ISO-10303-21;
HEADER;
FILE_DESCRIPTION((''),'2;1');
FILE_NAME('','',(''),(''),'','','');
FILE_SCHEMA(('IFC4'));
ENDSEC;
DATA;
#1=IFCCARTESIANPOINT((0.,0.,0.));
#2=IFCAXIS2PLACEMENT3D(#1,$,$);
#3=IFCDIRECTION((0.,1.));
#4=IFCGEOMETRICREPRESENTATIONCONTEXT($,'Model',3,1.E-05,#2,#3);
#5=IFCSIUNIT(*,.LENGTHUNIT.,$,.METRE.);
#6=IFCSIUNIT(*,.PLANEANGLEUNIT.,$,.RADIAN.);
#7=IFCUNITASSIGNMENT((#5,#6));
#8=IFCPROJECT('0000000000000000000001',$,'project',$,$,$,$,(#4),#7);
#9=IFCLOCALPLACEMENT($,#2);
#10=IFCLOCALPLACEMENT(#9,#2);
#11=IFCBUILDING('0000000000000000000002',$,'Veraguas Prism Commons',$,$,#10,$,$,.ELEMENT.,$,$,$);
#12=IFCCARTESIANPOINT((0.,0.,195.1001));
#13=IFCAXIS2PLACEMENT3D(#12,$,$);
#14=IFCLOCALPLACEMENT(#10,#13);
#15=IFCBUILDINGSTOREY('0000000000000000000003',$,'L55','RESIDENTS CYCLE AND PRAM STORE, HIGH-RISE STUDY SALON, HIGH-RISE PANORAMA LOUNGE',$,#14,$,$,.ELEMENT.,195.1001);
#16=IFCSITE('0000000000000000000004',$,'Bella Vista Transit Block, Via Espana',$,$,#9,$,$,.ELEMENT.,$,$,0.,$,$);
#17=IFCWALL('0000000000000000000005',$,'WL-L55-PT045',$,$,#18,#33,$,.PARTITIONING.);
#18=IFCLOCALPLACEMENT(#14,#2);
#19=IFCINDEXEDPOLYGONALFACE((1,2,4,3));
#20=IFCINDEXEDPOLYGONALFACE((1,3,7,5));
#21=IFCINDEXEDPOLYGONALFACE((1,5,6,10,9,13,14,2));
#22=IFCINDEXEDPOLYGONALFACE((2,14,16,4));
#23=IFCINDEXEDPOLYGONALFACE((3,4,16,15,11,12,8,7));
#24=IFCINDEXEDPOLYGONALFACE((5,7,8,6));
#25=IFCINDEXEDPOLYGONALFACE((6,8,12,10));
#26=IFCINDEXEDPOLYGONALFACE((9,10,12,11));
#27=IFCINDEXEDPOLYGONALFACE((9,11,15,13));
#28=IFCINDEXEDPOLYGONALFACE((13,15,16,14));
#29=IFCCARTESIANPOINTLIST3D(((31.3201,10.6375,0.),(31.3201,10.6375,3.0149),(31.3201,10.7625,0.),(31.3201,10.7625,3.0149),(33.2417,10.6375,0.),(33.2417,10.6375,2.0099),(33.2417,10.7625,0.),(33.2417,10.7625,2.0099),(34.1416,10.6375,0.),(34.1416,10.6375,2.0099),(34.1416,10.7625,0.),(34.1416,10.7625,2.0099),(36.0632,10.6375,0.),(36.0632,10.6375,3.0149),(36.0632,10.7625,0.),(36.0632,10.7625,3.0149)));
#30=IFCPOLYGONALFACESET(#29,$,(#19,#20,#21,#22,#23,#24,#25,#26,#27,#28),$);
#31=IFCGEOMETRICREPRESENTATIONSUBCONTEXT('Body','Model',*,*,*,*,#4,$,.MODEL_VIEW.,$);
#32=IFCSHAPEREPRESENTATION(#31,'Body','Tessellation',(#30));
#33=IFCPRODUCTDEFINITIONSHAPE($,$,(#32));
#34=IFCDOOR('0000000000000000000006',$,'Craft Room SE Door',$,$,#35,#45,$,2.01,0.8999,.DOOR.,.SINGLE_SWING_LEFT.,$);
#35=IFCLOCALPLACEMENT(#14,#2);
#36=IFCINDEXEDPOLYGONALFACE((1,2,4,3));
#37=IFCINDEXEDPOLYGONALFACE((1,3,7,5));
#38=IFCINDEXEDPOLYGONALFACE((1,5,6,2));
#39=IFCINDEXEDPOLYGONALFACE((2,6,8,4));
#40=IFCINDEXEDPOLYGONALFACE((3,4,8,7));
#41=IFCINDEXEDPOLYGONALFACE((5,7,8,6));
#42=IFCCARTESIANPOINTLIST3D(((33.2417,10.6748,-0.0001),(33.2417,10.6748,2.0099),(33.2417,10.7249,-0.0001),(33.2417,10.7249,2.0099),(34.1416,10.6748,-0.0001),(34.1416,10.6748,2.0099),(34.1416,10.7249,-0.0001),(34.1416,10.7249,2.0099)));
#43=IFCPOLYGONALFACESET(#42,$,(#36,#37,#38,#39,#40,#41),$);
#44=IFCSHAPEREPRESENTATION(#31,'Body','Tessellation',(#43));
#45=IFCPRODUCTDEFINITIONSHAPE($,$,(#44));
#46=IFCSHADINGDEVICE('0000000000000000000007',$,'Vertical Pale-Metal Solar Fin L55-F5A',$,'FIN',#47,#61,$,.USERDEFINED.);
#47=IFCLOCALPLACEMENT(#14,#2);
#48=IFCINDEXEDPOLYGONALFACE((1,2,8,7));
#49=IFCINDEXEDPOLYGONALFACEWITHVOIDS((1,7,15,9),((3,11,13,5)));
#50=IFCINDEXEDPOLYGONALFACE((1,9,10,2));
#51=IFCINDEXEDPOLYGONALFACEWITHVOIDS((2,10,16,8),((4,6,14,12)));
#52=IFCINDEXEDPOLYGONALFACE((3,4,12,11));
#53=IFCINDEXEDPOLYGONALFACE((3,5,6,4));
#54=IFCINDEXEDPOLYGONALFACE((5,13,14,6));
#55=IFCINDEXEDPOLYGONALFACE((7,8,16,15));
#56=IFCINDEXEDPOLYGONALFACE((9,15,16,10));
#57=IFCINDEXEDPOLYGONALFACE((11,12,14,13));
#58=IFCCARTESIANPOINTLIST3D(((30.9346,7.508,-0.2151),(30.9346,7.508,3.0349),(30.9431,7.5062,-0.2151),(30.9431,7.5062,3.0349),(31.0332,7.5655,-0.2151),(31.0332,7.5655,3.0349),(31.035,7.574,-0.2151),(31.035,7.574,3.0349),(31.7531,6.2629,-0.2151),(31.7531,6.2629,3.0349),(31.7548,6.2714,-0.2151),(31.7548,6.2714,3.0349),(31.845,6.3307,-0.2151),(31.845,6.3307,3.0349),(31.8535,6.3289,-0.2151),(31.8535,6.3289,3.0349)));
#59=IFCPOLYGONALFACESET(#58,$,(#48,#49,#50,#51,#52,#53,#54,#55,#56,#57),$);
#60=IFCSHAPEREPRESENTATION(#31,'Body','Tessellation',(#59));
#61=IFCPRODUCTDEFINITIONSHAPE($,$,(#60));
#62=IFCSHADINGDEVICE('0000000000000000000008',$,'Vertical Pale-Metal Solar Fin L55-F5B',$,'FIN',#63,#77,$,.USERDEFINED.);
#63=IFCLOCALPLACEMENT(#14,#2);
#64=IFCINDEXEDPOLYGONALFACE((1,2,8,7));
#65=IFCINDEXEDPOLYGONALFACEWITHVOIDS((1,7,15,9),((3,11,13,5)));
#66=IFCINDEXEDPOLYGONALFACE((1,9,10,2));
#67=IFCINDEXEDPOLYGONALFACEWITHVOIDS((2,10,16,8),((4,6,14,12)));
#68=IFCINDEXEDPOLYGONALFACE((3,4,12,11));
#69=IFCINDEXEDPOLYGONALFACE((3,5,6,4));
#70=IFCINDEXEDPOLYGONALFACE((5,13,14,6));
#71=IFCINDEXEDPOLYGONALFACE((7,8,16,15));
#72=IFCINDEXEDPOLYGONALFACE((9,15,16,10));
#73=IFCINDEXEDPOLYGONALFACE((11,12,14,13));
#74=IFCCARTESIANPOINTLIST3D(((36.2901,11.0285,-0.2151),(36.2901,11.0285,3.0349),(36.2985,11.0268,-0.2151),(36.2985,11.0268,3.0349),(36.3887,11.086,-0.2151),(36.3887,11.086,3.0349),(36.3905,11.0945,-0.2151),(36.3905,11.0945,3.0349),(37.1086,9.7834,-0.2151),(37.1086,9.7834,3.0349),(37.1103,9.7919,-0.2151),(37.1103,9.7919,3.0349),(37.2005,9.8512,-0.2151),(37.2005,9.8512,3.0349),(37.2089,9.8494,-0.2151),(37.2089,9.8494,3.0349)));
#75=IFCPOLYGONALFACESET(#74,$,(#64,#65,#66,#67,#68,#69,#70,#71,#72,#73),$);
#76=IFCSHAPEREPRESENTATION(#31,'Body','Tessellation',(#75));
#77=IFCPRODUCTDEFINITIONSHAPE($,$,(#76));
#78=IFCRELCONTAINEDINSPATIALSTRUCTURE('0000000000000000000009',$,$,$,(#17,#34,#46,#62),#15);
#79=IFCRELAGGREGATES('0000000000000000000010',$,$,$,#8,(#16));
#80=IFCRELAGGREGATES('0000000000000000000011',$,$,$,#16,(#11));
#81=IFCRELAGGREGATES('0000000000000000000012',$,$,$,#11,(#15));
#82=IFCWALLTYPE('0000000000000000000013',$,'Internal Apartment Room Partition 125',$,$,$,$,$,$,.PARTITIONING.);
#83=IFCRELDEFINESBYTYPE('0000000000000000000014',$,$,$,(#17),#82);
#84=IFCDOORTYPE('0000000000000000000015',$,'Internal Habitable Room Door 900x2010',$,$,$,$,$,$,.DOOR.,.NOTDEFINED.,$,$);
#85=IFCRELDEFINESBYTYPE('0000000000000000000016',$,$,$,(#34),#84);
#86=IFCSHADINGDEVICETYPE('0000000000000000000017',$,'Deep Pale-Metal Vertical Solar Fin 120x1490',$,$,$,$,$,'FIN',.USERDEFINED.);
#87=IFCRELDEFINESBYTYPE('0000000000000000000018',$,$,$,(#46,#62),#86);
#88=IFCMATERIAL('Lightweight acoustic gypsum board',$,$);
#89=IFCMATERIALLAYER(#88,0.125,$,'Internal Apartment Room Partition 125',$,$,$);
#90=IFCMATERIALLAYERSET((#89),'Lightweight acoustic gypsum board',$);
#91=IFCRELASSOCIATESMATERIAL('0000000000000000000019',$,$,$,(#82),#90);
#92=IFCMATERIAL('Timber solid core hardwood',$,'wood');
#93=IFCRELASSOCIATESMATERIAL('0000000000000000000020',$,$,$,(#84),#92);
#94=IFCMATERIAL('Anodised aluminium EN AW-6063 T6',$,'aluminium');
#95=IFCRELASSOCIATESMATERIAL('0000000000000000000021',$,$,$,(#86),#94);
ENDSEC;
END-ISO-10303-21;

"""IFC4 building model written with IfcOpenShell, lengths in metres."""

from ifc_helpers import new_model, si_unit, direction, frame, frame_2d, origin, origin_2d, place, context, subcontext, project, spatial, rectangle, hollow_rectangle, extrude, source, transform, mapped, material, layer, layer_set, material_profile, profile_set, type_object, element, fill, save


model = new_model("IFC4")

# Units and contexts
model_context = context("Model", 3, precision=1e-05, world=origin(), true_north=direction((0.0, 1.0)))
body_context = subcontext(model_context, "Body", "Model", "MODEL_VIEW")
ifc_project = project(units=[si_unit("LENGTHUNIT", "METRE"), si_unit("PLANEANGLEUNIT", "RADIAN")], contexts=[model_context])

# Site, building, storey
site_placement = place(None, origin())
site = spatial("IfcSite", under=ifc_project, at=site_placement, Name="Bella Vista Transit Block, Via Espana", CompositionType="ELEMENT", RefElevation=0.0)
building_placement = place(site_placement, origin())
building = spatial("IfcBuilding", under=site, at=building_placement, Name="Veraguas Prism Commons", CompositionType="ELEMENT")
storey_placement = place(building_placement, frame((0.0, 0.0, 195.1001)))
storey = spatial("IfcBuildingStorey", under=building, at=storey_placement, Name="L55", Description="RESIDENTS CYCLE AND PRAM STORE, HIGH-RISE STUDY SALON, HIGH-RISE PANORAMA LOUNGE", CompositionType="ELEMENT", Elevation=195.1001)

# Shared definitions
ifc_material_1 = material(Name="Anodised aluminium EN AW-6063 T6", Category="aluminium")

# Wall, opening, door
shared_shape_1 = source(origin(), body_context, "Body", "SweptSolid", [
    extrude(rectangle(XDim=0.8999, YDim=2.01, at=frame_2d((0.45, 1.0049))), frame((0.0, 0.0249, 0.0), z_axis=(0.0, -1.0, 0.0), x_axis=(1.0, 0.0, 0.0)), (0.0, 0.0, 1.0), 0.05),
])
ifc_material_2 = material(Name="Lightweight acoustic gypsum board")
ifc_layer_1 = layer(ifc_material_2, 0.125, Name="Internal Apartment Room Partition 125")
ifc_layer_set_1 = layer_set([ifc_layer_1], Name="Lightweight acoustic gypsum board")
wall_type_1 = type_object("IfcWallType", Name="Internal Apartment Room Partition 125", PredefinedType="PARTITIONING", material=ifc_layer_set_1)
wall_1_placement = place(storey_placement, frame((31.3201, 10.7, 0.0), z_axis=(0.0, 0.0, 1.0), x_axis=(1.0, 0.0, 0.0)))
wall_1 = element("IfcWall", 1, at=wall_1_placement, inside=storey, type_object=wall_type_1, Name="WL-L55-PT045", PredefinedType="PARTITIONING", context=body_context, shape_type="SweptSolid", body=[
    extrude(rectangle(XDim=4.7432, YDim=0.125, at=frame_2d((2.3716, 0.0))), origin(), (0.0, 0.0, 1.0), 3.0149),
])
opening_1_placement = place(wall_1_placement, frame((1.9216, 0.0, 0.0)))
opening_1 = element("IfcOpeningElement", 2, at=opening_1_placement, cuts=wall_1, PredefinedType="OPENING", context=body_context, shape_type="SweptSolid", body=[
    extrude(rectangle(XDim=0.8999, YDim=2.01, at=frame_2d((0.45, 1.0049))), frame((0.0, 0.0725, 0.0), z_axis=(0.0, -1.0, 0.0), x_axis=(1.0, 0.0, 0.0)), (0.0, 0.0, 1.0), 0.145),
])
ifc_material_3 = material(Name="Timber solid core hardwood", Category="wood")
door_type_1 = type_object("IfcDoorType", Name="Internal Habitable Room Door 900x2010", OperationType="NOTDEFINED", PredefinedType="DOOR", material=ifc_material_3)
door_1_placement = place(opening_1_placement, origin())
door_1 = element("IfcDoor", 3, at=door_1_placement, inside=storey, type_object=door_type_1, Name="Craft Room SE Door", OperationType="SINGLE_SWING_LEFT", OverallHeight=2.01, OverallWidth=0.8999, PredefinedType="DOOR", context=body_context, shape_type="MappedRepresentation", body=[
    mapped(shared_shape_1, transform((0.0, 0.0, 0.0), scale=1.0)),
])
fill(opening_1, door_1)

# Shading devices
ifc_material_profile_1 = material_profile(ifc_material_1, hollow_rectangle(XDim=0.1201, YDim=1.49, WallThickness=0.0061, at=origin_2d()), Name="FIN120X1490X6")
ifc_profile_set_1 = profile_set([ifc_material_profile_1], Name="Anodised aluminium EN AW-6063 T6")
shading_device_type = type_object("IfcShadingDeviceType", Name="Deep Pale-Metal Vertical Solar Fin 120x1490", ElementType="FIN", PredefinedType="USERDEFINED", material=ifc_profile_set_1)
for number, where, z_axis, x_axis, name in (
    (4, (31.394, 6.9185, -0.2151), (0.0, 0.0, 1.0), (0.835618, 0.549312, 0.0), "Vertical Pale-Metal Solar Fin L55-F5A"),
    (5, (36.7495, 10.439, -0.2151), (0.0, 0.0, 1.0), (0.835618, 0.549312, 0.0), "Vertical Pale-Metal Solar Fin L55-F5B"),
):
    element("IfcShadingDevice", number, at=place(storey_placement, frame(where, z_axis=z_axis, x_axis=x_axis)), inside=storey, type_object=shading_device_type, Name=name, ObjectType="FIN", PredefinedType="USERDEFINED", context=body_context, shape_type="SweptSolid", body=[
        extrude(hollow_rectangle(XDim=0.1201, YDim=1.49, WallThickness=0.0061, at=origin_2d()), origin(), (0.0, 0.0, 1.0), 3.25),
    ])

save(model, "model.ifc")
